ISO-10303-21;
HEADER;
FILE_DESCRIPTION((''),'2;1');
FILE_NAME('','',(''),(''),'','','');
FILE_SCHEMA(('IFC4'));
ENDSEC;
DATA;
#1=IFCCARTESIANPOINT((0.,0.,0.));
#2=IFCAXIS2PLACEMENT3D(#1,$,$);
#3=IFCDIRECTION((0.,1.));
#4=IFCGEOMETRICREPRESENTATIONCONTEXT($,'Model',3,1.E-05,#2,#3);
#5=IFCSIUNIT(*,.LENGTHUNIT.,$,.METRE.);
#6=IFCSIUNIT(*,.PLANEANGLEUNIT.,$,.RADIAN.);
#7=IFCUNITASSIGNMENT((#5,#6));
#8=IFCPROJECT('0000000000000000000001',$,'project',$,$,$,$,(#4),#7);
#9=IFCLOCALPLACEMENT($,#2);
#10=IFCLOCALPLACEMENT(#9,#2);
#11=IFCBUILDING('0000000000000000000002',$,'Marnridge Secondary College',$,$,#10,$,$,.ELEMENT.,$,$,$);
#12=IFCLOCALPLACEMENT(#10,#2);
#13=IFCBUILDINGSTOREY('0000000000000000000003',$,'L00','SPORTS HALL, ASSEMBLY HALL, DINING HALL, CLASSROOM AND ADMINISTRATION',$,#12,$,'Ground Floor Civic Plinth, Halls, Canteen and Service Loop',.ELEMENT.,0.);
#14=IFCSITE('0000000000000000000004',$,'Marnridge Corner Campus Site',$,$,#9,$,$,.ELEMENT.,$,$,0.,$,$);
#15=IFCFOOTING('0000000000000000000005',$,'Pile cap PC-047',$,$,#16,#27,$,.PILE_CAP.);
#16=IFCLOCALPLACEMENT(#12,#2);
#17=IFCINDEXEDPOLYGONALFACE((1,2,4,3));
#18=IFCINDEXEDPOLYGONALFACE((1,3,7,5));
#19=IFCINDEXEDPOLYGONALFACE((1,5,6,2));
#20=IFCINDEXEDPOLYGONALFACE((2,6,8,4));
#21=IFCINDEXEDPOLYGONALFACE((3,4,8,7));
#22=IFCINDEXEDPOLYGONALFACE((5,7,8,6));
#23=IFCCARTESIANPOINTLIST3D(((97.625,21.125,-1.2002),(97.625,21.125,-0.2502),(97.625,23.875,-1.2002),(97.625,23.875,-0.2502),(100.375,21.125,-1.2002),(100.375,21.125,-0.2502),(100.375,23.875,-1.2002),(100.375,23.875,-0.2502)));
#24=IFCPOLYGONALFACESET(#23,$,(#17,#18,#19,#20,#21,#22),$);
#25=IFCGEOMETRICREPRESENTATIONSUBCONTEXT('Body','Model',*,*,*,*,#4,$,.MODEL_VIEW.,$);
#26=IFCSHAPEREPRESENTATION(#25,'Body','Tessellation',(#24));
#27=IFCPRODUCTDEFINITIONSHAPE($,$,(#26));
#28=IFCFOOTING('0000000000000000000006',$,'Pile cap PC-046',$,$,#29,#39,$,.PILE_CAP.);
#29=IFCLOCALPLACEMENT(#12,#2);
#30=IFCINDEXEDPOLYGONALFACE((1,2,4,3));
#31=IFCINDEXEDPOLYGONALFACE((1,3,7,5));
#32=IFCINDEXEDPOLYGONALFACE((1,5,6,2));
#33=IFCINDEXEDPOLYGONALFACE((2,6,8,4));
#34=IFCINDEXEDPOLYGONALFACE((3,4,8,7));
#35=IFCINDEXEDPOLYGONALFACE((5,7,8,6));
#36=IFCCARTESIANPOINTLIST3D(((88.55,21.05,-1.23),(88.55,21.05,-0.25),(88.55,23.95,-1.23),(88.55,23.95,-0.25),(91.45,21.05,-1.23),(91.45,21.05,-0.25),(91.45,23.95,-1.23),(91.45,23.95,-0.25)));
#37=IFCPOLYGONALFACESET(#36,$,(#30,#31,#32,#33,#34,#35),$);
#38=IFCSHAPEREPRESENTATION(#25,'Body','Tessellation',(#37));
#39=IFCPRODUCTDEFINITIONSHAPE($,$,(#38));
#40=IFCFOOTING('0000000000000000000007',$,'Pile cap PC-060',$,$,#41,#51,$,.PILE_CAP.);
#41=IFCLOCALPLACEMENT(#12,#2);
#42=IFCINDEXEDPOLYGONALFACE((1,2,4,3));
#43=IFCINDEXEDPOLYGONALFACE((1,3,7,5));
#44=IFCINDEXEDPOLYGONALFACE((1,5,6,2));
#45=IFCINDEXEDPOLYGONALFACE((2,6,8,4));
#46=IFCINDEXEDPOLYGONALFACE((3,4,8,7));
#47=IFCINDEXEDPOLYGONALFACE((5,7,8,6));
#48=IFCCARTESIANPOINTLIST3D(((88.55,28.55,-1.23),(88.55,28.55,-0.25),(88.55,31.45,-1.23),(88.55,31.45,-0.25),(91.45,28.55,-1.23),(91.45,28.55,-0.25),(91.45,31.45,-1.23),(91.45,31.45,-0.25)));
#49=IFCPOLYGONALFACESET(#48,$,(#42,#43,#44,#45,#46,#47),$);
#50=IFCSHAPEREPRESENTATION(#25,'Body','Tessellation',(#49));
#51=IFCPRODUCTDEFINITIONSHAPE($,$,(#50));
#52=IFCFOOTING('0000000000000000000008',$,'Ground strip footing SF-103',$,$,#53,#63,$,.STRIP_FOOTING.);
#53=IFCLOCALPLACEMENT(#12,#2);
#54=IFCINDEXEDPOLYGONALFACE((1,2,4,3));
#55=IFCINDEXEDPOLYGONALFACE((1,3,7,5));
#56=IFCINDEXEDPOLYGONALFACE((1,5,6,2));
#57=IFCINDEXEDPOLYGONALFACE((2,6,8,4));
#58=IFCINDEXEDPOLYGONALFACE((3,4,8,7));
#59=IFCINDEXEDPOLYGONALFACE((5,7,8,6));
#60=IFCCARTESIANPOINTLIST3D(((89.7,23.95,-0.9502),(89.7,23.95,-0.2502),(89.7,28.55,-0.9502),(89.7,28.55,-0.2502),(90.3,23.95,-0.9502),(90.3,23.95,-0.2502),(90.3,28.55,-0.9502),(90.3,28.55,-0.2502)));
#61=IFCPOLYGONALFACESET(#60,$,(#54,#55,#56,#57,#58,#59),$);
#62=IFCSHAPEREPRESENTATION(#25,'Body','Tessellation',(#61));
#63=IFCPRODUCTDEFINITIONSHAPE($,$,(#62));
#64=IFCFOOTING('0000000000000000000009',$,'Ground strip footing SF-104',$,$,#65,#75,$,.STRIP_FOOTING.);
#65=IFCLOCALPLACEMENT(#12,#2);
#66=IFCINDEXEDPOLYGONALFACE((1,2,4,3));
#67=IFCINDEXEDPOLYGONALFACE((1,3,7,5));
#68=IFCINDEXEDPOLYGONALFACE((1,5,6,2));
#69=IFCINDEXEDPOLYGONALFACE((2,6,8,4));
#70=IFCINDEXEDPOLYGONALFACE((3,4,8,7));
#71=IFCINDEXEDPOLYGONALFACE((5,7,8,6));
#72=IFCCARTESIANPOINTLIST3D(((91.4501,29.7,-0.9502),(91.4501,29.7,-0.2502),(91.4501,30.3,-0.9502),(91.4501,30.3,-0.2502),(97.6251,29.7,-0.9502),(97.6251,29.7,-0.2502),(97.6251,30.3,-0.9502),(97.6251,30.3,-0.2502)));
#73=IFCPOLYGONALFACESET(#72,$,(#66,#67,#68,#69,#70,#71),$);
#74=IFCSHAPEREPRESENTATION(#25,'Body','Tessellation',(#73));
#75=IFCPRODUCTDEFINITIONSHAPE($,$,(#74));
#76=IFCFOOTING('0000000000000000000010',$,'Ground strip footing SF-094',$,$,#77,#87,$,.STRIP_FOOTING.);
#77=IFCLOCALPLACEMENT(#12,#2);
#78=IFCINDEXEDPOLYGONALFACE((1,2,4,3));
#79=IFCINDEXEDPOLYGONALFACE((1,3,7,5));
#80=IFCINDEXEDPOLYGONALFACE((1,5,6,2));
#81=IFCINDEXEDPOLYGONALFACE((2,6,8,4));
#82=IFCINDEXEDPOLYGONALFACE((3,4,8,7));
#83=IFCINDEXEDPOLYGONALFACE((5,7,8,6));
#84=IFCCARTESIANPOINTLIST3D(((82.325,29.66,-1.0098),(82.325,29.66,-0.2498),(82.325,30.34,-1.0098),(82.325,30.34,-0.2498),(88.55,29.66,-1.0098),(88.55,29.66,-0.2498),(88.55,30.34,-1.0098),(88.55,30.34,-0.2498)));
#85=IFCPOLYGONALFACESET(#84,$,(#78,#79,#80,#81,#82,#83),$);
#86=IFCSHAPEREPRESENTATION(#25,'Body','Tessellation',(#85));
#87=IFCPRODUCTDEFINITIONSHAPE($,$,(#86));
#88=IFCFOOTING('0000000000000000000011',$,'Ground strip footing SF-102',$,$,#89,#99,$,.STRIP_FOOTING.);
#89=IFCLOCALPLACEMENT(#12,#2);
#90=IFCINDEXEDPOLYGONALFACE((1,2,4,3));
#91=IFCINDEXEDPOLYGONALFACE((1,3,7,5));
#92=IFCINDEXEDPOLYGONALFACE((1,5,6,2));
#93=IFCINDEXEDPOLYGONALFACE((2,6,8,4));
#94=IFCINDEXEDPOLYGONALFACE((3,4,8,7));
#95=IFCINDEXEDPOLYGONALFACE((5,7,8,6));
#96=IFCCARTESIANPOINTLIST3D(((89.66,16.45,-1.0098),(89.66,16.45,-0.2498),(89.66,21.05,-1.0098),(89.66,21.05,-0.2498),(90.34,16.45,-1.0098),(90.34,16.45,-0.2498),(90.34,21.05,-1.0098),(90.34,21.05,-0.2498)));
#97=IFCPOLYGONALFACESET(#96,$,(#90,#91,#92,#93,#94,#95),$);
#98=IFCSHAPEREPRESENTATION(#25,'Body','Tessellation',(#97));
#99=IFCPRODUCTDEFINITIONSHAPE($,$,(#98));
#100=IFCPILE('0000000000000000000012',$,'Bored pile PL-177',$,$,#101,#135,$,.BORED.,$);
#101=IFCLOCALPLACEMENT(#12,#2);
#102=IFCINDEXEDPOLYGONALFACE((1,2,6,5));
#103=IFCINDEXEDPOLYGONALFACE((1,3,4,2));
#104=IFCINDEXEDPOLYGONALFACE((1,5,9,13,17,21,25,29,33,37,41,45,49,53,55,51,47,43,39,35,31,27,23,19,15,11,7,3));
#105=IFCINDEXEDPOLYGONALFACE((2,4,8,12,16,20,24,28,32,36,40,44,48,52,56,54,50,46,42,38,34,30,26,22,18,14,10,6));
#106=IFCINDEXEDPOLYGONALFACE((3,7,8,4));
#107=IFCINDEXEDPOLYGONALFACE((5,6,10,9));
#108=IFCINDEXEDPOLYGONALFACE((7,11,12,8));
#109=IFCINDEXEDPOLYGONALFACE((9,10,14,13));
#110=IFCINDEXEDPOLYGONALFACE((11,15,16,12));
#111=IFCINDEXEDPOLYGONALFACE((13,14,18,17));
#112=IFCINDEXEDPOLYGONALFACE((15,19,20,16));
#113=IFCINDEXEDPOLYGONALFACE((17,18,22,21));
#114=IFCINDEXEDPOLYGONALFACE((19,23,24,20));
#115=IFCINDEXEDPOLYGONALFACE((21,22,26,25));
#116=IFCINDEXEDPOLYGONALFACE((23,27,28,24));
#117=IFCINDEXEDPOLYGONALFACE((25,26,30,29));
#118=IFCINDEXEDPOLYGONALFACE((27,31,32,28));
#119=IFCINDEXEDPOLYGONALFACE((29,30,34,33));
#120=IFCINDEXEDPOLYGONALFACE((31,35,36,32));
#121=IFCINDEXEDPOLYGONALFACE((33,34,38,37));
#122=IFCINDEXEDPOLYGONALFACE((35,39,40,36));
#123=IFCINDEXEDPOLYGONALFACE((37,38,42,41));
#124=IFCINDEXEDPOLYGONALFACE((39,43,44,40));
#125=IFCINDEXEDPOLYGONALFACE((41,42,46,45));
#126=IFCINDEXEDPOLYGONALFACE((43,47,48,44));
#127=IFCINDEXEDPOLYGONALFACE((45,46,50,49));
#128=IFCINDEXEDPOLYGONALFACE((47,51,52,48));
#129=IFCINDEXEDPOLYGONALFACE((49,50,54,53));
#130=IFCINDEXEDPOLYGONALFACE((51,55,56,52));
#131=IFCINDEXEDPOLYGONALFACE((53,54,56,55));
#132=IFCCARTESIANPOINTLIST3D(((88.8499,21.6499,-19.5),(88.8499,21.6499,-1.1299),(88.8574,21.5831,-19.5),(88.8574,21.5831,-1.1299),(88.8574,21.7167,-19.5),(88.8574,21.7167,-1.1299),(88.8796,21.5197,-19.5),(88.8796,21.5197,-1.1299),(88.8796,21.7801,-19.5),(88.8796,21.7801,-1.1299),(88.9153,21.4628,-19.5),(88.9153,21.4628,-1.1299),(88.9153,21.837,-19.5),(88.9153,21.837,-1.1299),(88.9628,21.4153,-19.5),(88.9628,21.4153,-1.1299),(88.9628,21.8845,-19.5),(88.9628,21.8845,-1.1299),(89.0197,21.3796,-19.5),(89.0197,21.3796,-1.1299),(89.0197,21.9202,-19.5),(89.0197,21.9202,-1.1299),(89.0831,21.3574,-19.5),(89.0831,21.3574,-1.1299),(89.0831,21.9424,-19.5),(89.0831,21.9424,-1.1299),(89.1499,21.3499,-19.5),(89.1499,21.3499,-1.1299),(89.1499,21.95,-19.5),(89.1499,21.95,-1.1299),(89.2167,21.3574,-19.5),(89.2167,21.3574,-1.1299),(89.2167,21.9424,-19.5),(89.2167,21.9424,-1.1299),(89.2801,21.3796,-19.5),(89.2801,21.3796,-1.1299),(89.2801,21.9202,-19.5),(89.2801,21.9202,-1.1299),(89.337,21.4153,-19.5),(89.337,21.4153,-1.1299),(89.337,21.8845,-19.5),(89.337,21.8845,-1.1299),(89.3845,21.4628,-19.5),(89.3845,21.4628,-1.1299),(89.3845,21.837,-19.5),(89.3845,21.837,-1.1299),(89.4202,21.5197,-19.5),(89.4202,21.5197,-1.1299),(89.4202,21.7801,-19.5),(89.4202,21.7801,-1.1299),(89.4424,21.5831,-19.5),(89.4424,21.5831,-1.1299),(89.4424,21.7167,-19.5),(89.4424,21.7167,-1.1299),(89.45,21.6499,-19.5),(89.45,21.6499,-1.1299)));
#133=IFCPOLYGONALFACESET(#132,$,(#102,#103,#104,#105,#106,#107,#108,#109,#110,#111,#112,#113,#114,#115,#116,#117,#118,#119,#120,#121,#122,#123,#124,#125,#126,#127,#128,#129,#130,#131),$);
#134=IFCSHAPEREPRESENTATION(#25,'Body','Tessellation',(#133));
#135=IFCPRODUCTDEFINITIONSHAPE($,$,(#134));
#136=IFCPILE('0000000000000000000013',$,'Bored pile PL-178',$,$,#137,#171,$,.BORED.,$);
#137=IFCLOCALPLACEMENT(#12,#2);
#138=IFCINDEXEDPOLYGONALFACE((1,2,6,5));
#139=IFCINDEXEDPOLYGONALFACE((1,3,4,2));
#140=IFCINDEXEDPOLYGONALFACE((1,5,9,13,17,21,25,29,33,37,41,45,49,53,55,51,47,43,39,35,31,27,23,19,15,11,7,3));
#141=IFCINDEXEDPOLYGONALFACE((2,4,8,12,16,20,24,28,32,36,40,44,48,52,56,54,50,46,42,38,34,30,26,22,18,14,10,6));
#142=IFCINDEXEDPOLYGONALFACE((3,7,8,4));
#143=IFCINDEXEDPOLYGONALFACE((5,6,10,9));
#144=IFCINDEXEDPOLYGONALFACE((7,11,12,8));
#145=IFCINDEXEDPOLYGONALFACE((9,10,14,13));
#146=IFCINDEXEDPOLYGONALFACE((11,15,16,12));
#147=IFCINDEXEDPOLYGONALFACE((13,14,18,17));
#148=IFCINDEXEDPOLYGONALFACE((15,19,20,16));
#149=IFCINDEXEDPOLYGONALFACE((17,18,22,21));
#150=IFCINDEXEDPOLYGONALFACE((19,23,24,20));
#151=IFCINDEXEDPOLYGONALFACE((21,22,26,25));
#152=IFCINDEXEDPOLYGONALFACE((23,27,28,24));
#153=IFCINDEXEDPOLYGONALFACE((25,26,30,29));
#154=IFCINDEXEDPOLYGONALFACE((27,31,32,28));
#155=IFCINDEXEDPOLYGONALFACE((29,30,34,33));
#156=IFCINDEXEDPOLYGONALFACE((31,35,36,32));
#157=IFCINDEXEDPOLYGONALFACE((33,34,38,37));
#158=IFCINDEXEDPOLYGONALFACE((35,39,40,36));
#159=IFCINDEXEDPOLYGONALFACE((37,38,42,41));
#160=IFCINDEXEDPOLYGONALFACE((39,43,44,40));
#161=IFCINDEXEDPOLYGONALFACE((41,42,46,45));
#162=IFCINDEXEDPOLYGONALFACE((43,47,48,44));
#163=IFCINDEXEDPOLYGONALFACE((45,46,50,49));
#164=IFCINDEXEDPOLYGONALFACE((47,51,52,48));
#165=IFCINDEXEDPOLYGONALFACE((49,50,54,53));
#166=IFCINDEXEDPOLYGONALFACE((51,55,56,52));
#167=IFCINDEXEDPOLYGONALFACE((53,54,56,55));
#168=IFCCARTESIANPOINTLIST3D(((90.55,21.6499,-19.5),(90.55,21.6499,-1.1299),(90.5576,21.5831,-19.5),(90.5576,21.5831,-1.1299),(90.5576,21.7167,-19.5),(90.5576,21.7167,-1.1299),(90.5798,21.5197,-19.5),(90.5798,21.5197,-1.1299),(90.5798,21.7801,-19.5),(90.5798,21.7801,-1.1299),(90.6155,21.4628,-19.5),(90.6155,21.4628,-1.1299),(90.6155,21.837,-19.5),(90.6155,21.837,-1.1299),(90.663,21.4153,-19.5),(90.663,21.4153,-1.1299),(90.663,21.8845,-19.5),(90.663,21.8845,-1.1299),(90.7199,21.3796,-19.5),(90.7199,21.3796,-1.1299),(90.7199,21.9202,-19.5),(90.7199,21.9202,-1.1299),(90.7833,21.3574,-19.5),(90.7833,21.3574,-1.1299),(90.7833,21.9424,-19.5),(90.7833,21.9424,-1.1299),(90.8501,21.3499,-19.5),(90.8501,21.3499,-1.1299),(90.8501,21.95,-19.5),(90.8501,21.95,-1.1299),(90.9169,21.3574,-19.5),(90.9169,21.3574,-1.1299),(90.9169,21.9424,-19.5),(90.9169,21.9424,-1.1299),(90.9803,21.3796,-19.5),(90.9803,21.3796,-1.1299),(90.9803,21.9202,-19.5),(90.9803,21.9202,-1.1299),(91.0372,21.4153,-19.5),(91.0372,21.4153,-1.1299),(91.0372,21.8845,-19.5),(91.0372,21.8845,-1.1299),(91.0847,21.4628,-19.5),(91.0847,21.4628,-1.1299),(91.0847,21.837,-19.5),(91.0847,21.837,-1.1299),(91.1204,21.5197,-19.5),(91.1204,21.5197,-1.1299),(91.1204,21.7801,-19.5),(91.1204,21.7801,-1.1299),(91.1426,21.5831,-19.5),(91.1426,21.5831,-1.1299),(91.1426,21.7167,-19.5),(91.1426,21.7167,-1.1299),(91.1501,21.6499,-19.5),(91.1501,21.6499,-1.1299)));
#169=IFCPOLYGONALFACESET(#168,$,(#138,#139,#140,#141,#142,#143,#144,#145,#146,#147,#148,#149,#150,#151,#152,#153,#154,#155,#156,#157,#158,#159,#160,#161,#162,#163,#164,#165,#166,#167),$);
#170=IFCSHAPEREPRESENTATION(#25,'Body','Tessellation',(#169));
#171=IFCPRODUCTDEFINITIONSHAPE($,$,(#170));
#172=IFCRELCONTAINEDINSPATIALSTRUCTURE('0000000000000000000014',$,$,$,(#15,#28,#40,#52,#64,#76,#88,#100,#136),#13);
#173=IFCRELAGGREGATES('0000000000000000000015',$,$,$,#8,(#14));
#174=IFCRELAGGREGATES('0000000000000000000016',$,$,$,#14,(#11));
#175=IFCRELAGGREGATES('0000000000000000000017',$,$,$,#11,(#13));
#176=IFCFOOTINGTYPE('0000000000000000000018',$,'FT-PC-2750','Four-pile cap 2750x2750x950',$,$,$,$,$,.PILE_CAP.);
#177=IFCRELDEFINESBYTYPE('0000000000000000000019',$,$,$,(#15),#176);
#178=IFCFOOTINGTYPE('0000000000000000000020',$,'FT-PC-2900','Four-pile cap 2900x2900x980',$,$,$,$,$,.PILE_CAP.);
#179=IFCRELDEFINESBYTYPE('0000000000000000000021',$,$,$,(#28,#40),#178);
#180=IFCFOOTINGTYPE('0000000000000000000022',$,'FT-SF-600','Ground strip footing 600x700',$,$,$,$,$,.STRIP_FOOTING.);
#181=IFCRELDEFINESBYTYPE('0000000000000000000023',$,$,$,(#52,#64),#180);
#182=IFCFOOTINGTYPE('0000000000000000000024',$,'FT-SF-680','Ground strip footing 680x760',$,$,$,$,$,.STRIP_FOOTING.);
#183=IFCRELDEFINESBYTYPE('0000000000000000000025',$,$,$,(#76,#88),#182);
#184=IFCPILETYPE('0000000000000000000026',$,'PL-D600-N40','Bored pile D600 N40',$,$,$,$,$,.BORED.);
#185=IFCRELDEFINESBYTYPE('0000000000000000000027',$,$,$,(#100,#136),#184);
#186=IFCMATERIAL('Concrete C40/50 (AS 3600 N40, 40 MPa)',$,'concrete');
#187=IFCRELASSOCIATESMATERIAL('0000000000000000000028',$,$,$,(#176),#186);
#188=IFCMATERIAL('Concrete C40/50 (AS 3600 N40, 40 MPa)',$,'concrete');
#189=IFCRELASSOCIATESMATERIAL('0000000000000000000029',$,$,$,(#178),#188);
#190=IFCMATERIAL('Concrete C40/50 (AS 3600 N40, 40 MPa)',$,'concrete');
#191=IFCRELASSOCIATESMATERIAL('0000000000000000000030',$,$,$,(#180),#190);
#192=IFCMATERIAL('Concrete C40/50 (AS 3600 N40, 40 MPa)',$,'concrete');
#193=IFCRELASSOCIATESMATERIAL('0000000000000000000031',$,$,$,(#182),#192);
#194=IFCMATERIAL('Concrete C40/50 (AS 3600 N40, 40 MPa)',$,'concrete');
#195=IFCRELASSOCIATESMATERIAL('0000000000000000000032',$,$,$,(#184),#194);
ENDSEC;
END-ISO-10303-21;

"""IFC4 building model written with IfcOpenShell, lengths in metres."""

from ifc_helpers import new_model, si_unit, direction, frame, origin, origin_2d, place, context, subcontext, project, spatial, rectangle, circle, extrude, material, material_profile, profile_set, type_object, element, save


model = new_model("IFC4")

# Units and contexts
model_context = context("Model", 3, precision=1e-05, world=origin(), true_north=direction((0.0, 1.0)))
body_context = subcontext(model_context, "Body", "Model", "MODEL_VIEW")
ifc_project = project(units=[si_unit("LENGTHUNIT", "METRE"), si_unit("PLANEANGLEUNIT", "RADIAN")], contexts=[model_context])

# Site, building, storey
site_placement = place(None, origin())
site = spatial("IfcSite", under=ifc_project, at=site_placement, Name="Marnridge Corner Campus Site", CompositionType="ELEMENT", RefElevation=0.0)
building_placement = place(site_placement, origin())
building = spatial("IfcBuilding", under=site, at=building_placement, Name="Marnridge Secondary College", CompositionType="ELEMENT")
storey_placement = place(building_placement, origin())
storey = spatial("IfcBuildingStorey", under=building, at=storey_placement, Name="L00", Description="SPORTS HALL, ASSEMBLY HALL, DINING HALL, CLASSROOM AND ADMINISTRATION", LongName="Ground Floor Civic Plinth, Halls, Canteen and Service Loop", CompositionType="ELEMENT", Elevation=0.0)

# Footings
ifc_material_1 = material(Name="Concrete C40/50 (AS 3600 N40, 40 MPa)", Category="concrete")
footing_type_1 = type_object("IfcFootingType", Name="FT-PC-2750", Description="Four-pile cap 2750x2750x950", PredefinedType="PILE_CAP", material=ifc_material_1)
footing_1_placement = place(storey_placement, frame((99.0, 22.5, -1.2002), z_axis=(0.0, 0.0, 1.0), x_axis=(1.0, 0.0, 0.0)))
element("IfcFooting", 1, at=footing_1_placement, inside=storey, type_object=footing_type_1, Name="Pile cap PC-047", PredefinedType="PILE_CAP", context=body_context, shape_type="SweptSolid", body=[
    extrude(rectangle(XDim=2.75, YDim=2.75, at=origin_2d()), origin(), (0.0, 0.0, 1.0), 0.95),
])
ifc_material_2 = material(Name="Concrete C40/50 (AS 3600 N40, 40 MPa)", Category="concrete")
footing_type_2 = type_object("IfcFootingType", Name="FT-PC-2900", Description="Four-pile cap 2900x2900x980", PredefinedType="PILE_CAP", material=ifc_material_2)
for number, where, z_axis, x_axis, name in (
    (2, (90.0, 22.5, -1.23), (0.0, 0.0, 1.0), (1.0, 0.0, 0.0), "Pile cap PC-046"),
    (3, (90.0, 30.0, -1.23), (0.0, 0.0, 1.0), (1.0, 0.0, 0.0), "Pile cap PC-060"),
):
    element("IfcFooting", number, at=place(storey_placement, frame(where, z_axis=z_axis, x_axis=x_axis)), inside=storey, type_object=footing_type_2, Name=name, PredefinedType="PILE_CAP", context=body_context, shape_type="SweptSolid", body=[
        extrude(rectangle(XDim=2.8999, YDim=2.8999, at=origin_2d()), origin(), (0.0, 0.0, 1.0), 0.98),
    ])
ifc_material_3 = material(Name="Concrete C40/50 (AS 3600 N40, 40 MPa)", Category="concrete")
footing_type_3 = type_object("IfcFootingType", Name="FT-SF-600", Description="Ground strip footing 600x700", PredefinedType="STRIP_FOOTING", material=ifc_material_3)
footing_2_placement = place(storey_placement, frame((90.0, 26.25, -0.9502), z_axis=(0.0, 0.0, 1.0), x_axis=(1.0, 0.0, 0.0)))
element("IfcFooting", 4, at=footing_2_placement, inside=storey, type_object=footing_type_3, Name="Ground strip footing SF-103", PredefinedType="STRIP_FOOTING", context=body_context, shape_type="SweptSolid", body=[
    extrude(rectangle(XDim=0.6001, YDim=4.6001, at=origin_2d()), origin(), (0.0, 0.0, 1.0), 0.7),
])
footing_3_placement = place(storey_placement, frame((94.5376, 30.0, -0.9502), z_axis=(0.0, 0.0, 1.0), x_axis=(1.0, 0.0, 0.0)))
element("IfcFooting", 5, at=footing_3_placement, inside=storey, type_object=footing_type_3, Name="Ground strip footing SF-104", PredefinedType="STRIP_FOOTING", context=body_context, shape_type="SweptSolid", body=[
    extrude(rectangle(XDim=6.175, YDim=0.6001, at=origin_2d()), origin(), (0.0, 0.0, 1.0), 0.7),
])
ifc_material_4 = material(Name="Concrete C40/50 (AS 3600 N40, 40 MPa)", Category="concrete")
footing_type_4 = type_object("IfcFootingType", Name="FT-SF-680", Description="Ground strip footing 680x760", PredefinedType="STRIP_FOOTING", material=ifc_material_4)
footing_4_placement = place(storey_placement, frame((85.4375, 30.0, -1.0098), z_axis=(0.0, 0.0, 1.0), x_axis=(1.0, 0.0, 0.0)))
element("IfcFooting", 6, at=footing_4_placement, inside=storey, type_object=footing_type_4, Name="Ground strip footing SF-094", PredefinedType="STRIP_FOOTING", context=body_context, shape_type="SweptSolid", body=[
    extrude(rectangle(XDim=6.2251, YDim=0.6799, at=origin_2d()), origin(), (0.0, 0.0, 1.0), 0.76),
])
footing_5_placement = place(storey_placement, frame((90.0, 18.75, -1.0098), z_axis=(0.0, 0.0, 1.0), x_axis=(1.0, 0.0, 0.0)))
element("IfcFooting", 7, at=footing_5_placement, inside=storey, type_object=footing_type_4, Name="Ground strip footing SF-102", PredefinedType="STRIP_FOOTING", context=body_context, shape_type="SweptSolid", body=[
    extrude(rectangle(XDim=0.6799, YDim=4.6001, at=origin_2d()), origin(), (0.0, 0.0, 1.0), 0.76),
])

# Piles
ifc_material_5 = material(Name="Concrete C40/50 (AS 3600 N40, 40 MPa)", Category="concrete")
ifc_material_profile_1 = material_profile(ifc_material_5, circle(Radius=0.3, at=origin_2d()), Name="PILE D600")
ifc_profile_set_1 = profile_set([ifc_material_profile_1], Name="Concrete C40/50 (AS 3600 N40, 40 MPa)")
pile_type = type_object("IfcPileType", Name="PL-D600-N40", Description="Bored pile D600 N40", PredefinedType="BORED", material=ifc_profile_set_1)
for number, where, z_axis, x_axis, name in (
    (8, (89.1499, 21.6499, -1.1299), (0.0, 0.0, -1.0), (1.0, 0.0, 0.0), "Bored pile PL-177"),
    (9, (90.8501, 21.6499, -1.1299), (0.0, 0.0, -1.0), (1.0, 0.0, 0.0), "Bored pile PL-178"),
):
    element("IfcPile", number, at=place(storey_placement, frame(where, z_axis=z_axis, x_axis=x_axis)), inside=storey, type_object=pile_type, Name=name, PredefinedType="BORED", context=body_context, shape_type="SweptSolid", body=[
        extrude(circle(Radius=0.3, at=origin_2d()), origin(), (0.0, 0.0, 1.0), 18.3701),
    ])

save(model, "model.ifc")
